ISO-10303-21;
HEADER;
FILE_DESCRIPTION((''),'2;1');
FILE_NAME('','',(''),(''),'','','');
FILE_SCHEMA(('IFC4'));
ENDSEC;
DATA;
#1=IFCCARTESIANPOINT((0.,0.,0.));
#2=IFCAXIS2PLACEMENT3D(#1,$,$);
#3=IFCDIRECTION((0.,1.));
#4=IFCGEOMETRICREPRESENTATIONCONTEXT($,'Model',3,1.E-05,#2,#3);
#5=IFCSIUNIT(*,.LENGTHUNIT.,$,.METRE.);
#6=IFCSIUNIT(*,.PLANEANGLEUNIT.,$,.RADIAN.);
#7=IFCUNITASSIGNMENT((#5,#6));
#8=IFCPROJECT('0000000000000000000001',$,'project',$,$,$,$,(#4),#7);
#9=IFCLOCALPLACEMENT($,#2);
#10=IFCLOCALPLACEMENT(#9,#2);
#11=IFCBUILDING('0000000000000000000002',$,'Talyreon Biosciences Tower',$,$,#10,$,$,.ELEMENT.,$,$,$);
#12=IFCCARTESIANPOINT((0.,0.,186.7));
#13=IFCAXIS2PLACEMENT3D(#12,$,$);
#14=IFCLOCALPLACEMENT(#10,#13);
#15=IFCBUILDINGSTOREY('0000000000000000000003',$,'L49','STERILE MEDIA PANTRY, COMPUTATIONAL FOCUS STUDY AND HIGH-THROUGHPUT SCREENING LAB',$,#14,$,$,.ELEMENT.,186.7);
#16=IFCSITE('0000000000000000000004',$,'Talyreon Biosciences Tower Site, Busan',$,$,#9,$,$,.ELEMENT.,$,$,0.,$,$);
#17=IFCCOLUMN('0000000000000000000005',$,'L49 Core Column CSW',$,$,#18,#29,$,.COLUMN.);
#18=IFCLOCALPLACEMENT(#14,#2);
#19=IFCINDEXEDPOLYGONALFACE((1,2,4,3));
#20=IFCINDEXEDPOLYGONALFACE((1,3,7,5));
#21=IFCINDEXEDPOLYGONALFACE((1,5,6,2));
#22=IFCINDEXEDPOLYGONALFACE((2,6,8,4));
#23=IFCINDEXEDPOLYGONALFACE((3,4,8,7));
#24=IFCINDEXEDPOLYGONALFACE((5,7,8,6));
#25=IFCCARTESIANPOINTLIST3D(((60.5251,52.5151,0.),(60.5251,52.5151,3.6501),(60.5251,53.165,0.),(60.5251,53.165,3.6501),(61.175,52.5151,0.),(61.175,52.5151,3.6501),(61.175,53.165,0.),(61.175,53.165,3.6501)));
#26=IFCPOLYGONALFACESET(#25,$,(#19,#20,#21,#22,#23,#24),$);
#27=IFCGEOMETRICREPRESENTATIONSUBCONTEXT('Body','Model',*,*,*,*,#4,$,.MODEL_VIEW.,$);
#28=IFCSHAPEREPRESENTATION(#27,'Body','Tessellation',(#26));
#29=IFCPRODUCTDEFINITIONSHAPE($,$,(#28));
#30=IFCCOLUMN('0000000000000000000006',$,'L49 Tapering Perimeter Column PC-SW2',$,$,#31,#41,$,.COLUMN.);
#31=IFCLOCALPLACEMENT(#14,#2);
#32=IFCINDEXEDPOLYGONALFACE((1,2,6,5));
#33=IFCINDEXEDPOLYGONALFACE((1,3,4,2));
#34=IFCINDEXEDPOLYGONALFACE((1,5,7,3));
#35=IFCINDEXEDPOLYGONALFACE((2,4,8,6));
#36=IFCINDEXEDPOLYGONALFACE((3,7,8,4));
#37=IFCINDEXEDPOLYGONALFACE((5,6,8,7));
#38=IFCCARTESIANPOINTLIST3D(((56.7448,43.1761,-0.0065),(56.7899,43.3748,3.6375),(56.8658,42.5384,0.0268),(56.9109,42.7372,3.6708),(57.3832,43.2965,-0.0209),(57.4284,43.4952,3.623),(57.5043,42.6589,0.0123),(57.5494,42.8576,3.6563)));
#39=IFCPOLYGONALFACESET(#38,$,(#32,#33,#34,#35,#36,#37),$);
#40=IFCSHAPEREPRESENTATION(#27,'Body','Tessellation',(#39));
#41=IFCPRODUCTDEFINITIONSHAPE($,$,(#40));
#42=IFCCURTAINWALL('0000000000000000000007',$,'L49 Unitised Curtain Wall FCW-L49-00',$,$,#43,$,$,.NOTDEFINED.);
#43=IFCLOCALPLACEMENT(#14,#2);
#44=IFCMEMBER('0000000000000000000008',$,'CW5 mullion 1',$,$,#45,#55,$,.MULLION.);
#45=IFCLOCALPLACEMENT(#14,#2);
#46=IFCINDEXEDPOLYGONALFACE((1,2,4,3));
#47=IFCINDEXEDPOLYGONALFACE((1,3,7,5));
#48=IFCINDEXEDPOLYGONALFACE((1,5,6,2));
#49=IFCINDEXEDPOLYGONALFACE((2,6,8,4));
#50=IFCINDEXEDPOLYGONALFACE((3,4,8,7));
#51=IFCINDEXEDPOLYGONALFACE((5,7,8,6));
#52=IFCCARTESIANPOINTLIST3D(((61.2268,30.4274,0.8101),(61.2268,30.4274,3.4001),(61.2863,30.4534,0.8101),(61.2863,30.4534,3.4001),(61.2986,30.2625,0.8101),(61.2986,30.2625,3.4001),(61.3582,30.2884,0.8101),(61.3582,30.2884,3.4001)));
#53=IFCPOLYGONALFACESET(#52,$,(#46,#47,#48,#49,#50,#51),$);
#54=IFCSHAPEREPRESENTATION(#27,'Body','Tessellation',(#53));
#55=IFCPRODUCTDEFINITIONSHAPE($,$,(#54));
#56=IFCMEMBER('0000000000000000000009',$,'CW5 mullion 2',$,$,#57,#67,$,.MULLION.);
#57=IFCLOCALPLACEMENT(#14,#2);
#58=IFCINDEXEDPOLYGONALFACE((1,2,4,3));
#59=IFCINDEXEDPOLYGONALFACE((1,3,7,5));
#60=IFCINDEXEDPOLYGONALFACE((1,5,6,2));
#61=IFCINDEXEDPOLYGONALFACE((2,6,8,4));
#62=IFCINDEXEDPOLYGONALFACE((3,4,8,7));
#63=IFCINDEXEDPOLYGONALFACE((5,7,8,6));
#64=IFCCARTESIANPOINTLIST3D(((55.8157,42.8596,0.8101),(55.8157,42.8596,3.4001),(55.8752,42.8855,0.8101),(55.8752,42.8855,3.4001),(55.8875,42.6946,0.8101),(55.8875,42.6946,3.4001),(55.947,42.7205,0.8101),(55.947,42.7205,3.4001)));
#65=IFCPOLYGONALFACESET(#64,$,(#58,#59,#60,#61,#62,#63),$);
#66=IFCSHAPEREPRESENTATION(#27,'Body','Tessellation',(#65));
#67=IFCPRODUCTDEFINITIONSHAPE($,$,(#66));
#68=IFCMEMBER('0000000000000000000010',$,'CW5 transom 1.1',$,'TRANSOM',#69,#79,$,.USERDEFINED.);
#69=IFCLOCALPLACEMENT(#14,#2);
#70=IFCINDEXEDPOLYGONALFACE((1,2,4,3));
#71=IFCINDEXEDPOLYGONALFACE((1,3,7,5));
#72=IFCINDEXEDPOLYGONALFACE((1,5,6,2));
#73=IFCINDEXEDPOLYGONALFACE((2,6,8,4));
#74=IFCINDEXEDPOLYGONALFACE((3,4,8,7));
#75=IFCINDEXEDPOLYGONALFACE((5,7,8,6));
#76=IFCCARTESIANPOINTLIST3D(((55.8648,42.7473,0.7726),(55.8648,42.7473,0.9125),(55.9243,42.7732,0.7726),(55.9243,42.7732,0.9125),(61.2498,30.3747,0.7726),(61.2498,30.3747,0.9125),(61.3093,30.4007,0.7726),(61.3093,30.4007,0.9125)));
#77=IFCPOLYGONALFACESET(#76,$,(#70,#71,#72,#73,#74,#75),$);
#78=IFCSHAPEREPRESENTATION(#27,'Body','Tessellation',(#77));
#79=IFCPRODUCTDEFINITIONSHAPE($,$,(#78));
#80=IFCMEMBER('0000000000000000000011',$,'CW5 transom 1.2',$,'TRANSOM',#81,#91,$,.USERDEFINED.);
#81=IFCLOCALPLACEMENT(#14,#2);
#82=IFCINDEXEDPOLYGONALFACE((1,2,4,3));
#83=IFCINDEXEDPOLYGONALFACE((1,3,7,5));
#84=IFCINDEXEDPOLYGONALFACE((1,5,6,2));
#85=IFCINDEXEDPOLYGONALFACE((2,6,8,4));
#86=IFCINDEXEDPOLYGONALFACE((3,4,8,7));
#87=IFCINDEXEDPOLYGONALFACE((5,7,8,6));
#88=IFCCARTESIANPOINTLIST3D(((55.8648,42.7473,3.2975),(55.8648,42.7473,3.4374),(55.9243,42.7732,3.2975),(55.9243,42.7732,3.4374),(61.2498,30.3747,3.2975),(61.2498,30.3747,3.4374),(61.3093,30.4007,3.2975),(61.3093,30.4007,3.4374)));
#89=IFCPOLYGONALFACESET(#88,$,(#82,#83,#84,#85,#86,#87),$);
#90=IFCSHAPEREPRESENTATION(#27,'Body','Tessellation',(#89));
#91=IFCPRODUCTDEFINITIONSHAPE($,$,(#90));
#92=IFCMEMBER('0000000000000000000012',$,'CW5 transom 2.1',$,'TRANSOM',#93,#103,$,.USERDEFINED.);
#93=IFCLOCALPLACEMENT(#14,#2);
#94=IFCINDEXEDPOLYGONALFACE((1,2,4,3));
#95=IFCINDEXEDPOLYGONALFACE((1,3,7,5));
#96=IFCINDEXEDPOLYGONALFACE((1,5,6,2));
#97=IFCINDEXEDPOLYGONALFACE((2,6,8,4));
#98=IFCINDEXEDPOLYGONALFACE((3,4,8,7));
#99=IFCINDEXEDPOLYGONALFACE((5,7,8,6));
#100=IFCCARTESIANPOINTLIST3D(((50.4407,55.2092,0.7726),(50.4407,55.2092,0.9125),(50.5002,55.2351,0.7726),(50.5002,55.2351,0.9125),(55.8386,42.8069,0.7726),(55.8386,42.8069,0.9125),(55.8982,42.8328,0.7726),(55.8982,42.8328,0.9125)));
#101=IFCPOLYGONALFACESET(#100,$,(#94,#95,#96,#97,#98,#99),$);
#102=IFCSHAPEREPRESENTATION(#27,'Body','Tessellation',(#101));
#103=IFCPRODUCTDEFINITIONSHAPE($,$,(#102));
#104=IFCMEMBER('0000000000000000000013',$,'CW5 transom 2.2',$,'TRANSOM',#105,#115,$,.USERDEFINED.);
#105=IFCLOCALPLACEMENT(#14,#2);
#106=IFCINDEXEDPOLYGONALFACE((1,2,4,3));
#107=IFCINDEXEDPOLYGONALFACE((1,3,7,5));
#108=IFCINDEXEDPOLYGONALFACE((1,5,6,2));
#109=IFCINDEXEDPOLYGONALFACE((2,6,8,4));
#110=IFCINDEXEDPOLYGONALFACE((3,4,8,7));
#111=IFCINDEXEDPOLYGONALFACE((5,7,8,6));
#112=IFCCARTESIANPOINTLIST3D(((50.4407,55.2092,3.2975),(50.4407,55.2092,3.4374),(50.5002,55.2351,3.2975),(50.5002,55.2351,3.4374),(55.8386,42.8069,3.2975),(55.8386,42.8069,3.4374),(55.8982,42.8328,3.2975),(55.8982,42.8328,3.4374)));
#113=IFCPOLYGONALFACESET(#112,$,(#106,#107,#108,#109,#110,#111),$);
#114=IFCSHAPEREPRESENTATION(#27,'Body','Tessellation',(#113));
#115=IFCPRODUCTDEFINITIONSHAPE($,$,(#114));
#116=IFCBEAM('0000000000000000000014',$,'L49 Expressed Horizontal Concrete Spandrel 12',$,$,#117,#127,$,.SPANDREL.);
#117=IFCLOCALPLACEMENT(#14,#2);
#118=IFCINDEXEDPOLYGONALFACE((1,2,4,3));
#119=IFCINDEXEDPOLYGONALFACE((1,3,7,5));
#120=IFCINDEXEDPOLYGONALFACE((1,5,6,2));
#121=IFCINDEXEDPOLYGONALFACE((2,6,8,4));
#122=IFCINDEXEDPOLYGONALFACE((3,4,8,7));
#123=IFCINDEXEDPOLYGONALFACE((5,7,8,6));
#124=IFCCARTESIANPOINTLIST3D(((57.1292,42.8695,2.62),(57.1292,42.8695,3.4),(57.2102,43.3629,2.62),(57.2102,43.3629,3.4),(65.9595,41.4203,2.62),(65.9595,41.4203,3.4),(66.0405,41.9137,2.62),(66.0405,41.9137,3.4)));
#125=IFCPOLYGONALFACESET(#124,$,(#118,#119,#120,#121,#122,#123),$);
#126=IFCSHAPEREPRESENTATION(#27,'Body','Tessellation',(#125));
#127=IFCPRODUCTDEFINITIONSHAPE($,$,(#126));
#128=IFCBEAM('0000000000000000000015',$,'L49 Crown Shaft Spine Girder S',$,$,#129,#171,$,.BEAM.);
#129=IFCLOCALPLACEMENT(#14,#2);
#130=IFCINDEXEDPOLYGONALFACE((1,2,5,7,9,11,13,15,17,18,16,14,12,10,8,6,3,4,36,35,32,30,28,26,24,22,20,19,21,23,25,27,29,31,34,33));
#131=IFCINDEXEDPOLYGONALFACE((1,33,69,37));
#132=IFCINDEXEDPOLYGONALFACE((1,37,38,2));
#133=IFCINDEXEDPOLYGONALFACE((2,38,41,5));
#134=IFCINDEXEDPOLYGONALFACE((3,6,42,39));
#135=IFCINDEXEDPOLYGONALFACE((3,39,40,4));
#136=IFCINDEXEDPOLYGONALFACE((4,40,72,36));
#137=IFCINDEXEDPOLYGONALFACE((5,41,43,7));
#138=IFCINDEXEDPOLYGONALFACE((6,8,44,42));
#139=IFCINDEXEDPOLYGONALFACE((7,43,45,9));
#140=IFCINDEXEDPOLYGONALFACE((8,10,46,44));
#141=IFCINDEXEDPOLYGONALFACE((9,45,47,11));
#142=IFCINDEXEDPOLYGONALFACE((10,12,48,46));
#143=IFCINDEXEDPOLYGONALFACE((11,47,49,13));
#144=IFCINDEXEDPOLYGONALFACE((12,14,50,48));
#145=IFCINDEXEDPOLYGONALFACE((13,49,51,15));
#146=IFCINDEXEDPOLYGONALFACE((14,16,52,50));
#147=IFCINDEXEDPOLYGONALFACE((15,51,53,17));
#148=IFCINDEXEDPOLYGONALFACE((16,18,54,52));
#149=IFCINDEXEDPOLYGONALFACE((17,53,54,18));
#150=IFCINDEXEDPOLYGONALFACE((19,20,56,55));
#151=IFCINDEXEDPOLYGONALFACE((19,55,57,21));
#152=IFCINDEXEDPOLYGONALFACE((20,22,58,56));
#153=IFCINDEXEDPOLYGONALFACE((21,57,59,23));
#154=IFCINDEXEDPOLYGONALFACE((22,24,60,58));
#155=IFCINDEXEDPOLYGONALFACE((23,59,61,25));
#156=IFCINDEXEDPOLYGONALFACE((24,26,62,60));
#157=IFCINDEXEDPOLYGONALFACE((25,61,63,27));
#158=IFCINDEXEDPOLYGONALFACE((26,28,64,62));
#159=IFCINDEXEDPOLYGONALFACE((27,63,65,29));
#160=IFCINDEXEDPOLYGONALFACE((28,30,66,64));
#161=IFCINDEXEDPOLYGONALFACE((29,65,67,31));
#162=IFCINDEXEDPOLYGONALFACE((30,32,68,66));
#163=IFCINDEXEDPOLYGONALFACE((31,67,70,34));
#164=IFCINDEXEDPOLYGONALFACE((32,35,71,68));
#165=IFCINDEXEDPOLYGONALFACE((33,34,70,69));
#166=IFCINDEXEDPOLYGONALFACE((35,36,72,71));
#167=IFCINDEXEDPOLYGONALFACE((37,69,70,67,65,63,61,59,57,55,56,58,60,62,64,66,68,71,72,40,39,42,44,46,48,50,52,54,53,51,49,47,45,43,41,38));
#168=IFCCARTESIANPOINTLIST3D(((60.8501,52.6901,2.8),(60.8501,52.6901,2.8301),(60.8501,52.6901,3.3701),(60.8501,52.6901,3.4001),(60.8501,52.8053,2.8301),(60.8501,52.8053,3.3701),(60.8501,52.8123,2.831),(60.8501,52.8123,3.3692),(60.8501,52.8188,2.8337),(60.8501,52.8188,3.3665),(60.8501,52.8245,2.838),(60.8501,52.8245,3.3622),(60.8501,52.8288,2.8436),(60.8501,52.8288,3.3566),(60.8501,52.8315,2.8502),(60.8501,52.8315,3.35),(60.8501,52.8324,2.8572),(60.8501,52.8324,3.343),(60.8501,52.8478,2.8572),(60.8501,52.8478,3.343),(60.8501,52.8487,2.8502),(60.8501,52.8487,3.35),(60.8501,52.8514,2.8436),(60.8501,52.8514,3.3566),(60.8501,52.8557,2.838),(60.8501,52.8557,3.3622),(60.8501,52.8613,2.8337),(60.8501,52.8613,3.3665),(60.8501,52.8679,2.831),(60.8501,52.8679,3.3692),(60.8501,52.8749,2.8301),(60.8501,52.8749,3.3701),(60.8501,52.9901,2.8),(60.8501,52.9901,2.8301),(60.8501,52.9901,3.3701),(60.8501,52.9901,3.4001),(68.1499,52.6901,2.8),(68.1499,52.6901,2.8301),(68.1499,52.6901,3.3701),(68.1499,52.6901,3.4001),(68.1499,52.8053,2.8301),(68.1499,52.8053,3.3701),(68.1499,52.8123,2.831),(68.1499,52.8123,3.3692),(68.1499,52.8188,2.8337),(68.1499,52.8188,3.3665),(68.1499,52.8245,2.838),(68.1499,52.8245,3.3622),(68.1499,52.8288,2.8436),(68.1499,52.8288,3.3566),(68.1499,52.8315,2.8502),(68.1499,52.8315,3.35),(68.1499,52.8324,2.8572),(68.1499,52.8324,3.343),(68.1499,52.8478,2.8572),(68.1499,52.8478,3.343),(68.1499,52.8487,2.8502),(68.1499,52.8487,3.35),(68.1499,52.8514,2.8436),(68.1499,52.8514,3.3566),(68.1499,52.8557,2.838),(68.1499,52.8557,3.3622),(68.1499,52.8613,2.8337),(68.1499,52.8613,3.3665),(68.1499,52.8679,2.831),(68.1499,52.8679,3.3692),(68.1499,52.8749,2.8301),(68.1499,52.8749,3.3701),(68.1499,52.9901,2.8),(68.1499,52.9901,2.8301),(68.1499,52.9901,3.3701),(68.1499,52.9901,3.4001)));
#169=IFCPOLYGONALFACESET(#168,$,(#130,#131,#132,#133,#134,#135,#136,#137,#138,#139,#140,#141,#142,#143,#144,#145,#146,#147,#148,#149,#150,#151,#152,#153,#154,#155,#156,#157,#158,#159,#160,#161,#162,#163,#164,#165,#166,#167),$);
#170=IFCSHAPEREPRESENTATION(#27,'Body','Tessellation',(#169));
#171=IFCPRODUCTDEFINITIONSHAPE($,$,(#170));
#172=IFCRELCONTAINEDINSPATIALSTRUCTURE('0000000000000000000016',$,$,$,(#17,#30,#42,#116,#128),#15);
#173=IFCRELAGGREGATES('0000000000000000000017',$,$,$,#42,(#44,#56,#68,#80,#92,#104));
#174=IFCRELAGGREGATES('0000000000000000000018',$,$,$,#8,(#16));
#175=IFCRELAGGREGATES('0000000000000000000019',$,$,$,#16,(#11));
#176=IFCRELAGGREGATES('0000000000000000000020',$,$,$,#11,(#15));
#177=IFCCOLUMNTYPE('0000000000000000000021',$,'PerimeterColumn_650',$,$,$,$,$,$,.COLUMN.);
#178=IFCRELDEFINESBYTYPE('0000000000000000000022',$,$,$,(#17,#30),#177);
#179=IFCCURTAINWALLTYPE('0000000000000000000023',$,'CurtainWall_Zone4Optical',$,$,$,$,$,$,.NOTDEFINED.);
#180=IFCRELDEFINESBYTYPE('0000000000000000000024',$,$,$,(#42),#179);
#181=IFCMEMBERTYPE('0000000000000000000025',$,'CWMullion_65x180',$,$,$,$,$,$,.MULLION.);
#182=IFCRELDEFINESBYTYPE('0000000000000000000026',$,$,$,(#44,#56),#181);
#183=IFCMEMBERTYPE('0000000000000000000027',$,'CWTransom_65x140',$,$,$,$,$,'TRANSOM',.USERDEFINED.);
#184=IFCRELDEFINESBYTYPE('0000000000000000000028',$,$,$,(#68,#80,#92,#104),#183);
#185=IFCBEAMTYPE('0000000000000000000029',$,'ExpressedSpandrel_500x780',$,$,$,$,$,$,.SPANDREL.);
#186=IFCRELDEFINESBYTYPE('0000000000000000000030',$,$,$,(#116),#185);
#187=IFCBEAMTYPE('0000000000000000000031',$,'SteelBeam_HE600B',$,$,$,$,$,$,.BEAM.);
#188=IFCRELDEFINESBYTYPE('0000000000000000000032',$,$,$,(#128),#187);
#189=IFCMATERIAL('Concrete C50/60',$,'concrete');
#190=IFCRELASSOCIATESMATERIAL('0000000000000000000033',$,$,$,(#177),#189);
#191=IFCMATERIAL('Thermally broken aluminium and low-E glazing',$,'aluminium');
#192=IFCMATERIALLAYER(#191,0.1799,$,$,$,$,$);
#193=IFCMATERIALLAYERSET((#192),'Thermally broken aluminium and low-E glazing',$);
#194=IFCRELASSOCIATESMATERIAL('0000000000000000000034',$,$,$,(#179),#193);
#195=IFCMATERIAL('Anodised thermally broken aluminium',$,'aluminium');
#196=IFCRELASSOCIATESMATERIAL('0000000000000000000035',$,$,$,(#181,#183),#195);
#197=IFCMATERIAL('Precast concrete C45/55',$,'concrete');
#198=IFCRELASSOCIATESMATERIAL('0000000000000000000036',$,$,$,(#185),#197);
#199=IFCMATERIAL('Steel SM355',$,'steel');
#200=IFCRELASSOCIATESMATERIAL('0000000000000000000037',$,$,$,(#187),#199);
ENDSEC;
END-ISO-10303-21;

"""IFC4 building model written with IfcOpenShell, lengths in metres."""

from ifc_helpers import new_model, si_unit, direction, frame, origin, origin_2d, place, context, subcontext, project, spatial, rectangle, i_section, extrude, material, layer, layer_set, material_profile, profile_set, type_object, element, aggregate, save


model = new_model("IFC4")

# Units and contexts
model_context = context("Model", 3, precision=1e-05, world=origin(), true_north=direction((0.0, 1.0)))
body_context = subcontext(model_context, "Body", "Model", "MODEL_VIEW")
ifc_project = project(units=[si_unit("LENGTHUNIT", "METRE"), si_unit("PLANEANGLEUNIT", "RADIAN")], contexts=[model_context])

# Site, building, storey
site_placement = place(None, origin())
site = spatial("IfcSite", under=ifc_project, at=site_placement, Name="Talyreon Biosciences Tower Site, Busan", CompositionType="ELEMENT", RefElevation=0.0)
building_placement = place(site_placement, origin())
building = spatial("IfcBuilding", under=site, at=building_placement, Name="Talyreon Biosciences Tower", CompositionType="ELEMENT")
storey_placement = place(building_placement, frame((0.0, 0.0, 186.7)))
storey = spatial("IfcBuildingStorey", under=building, at=storey_placement, Name="L49", Description="STERILE MEDIA PANTRY, COMPUTATIONAL FOCUS STUDY AND HIGH-THROUGHPUT SCREENING LAB", CompositionType="ELEMENT", Elevation=186.7)

# Columns
ifc_material_1 = material(Name="Concrete C50/60", Category="concrete")
ifc_material_profile_1 = material_profile(ifc_material_1, rectangle(XDim=0.6499, YDim=0.6499, at=origin_2d()), Name="RC 650x650")
ifc_profile_set_1 = profile_set([ifc_material_profile_1], Name="Concrete C50/60")
column_type = type_object("IfcColumnType", Name="PerimeterColumn_650", PredefinedType="COLUMN", material=ifc_profile_set_1)
column_1_placement = place(storey_placement, frame((60.8501, 52.8401, 0.0), z_axis=(0.0, 0.0, 1.0), x_axis=(1.0, 0.0, 0.0)))
element("IfcColumn", 1, at=column_1_placement, inside=storey, type_object=column_type, Name="L49 Core Column CSW", PredefinedType="COLUMN", context=body_context, shape_type="SweptSolid", body=[
    extrude(rectangle(XDim=0.6499, YDim=0.6499, at=origin_2d()), origin(), (0.0, 0.0, 1.0), 3.6501),
])
column_2_placement = place(storey_placement, frame((57.1245, 42.9175, 0.0029), z_axis=(0.012375, 0.054451, 0.99844), x_axis=(-0.186202, 0.981176, -0.051201)))
element("IfcColumn", 2, at=column_2_placement, inside=storey, type_object=column_type, Name="L49 Tapering Perimeter Column PC-SW2", PredefinedType="COLUMN", context=body_context, shape_type="SweptSolid", body=[
    extrude(rectangle(XDim=0.6499, YDim=0.6499, at=origin_2d()), origin(), (0.0, 0.0, 1.0), 3.6497),
])

# Curtain wall, members
ifc_material_2 = material(Name="Thermally broken aluminium and low-E glazing", Category="aluminium")
ifc_layer_1 = layer(ifc_material_2, 0.1799)
ifc_layer_set_1 = layer_set([ifc_layer_1], Name="Thermally broken aluminium and low-E glazing")
curtain_wall_type = type_object("IfcCurtainWallType", Name="CurtainWall_Zone4Optical", PredefinedType="NOTDEFINED", material=ifc_layer_set_1)
curtain_wall_placement = place(storey_placement, origin())
curtain_wall = element("IfcCurtainWall", 3, at=curtain_wall_placement, inside=storey, type_object=curtain_wall_type, Name="L49 Unitised Curtain Wall FCW-L49-00", PredefinedType="NOTDEFINED")
ifc_material_3 = material(Name="Anodised thermally broken aluminium", Category="aluminium")
ifc_material_profile_2 = material_profile(ifc_material_3, rectangle(XDim=0.0649, YDim=0.1799, at=origin_2d()), Name="ALUM MULLION 65x180")
ifc_profile_set_2 = profile_set([ifc_material_profile_2], Name="Anodised thermally broken aluminium")
member_type_1 = type_object("IfcMemberType", Name="CWMullion_65x180", PredefinedType="MULLION", material=ifc_profile_set_2)
member_1_placement = place(storey_placement, frame((61.2925, 30.3579, 0.8101), z_axis=(0.0, 0.0, 1.0), x_axis=(-0.916912, -0.399089, 0.0)))
member_1 = element("IfcMember", 4, at=member_1_placement, type_object=member_type_1, Name="CW5 mullion 1", PredefinedType="MULLION", context=body_context, shape_type="SweptSolid", body=[
    extrude(rectangle(XDim=0.0649, YDim=0.1799, at=origin_2d()), origin(), (0.0, 0.0, 1.0), 2.5901),
])
member_2_placement = place(storey_placement, frame((55.8813, 42.79, 0.8101), z_axis=(0.0, 0.0, 1.0), x_axis=(-0.916912, -0.399089, 0.0)))
member_2 = element("IfcMember", 5, at=member_2_placement, type_object=member_type_1, Name="CW5 mullion 2", PredefinedType="MULLION", context=body_context, shape_type="SweptSolid", body=[
    extrude(rectangle(XDim=0.0649, YDim=0.1799, at=origin_2d()), origin(), (0.0, 0.0, 1.0), 2.5901),
])
ifc_material_profile_3 = material_profile(ifc_material_3, rectangle(XDim=0.0649, YDim=0.1399, at=origin_2d()), Name="ALUM TRANSOM 65x140")
ifc_profile_set_3 = profile_set([ifc_material_profile_3], Name="Anodised thermally broken aluminium")
member_type_2 = type_object("IfcMemberType", Name="CWTransom_65x140", ElementType="TRANSOM", PredefinedType="USERDEFINED", material=ifc_profile_set_3)
member_3_placement = place(storey_placement, frame((61.2795, 30.3877, 0.8425), z_axis=(-0.399077, 0.916917, 0.0), x_axis=(-0.916917, -0.399077, 0.0)))
member_3 = element("IfcMember", 6, at=member_3_placement, type_object=member_type_2, Name="CW5 transom 1.1", ObjectType="TRANSOM", PredefinedType="USERDEFINED", context=body_context, shape_type="SweptSolid", body=[
    extrude(rectangle(XDim=0.0649, YDim=0.1399, at=origin_2d()), origin(), (0.0, 0.0, 1.0), 13.4937),
])
member_4_placement = place(storey_placement, frame((61.2795, 30.3877, 3.3674), z_axis=(-0.399077, 0.916917, 0.0), x_axis=(-0.916917, -0.399077, 0.0)))
member_4 = element("IfcMember", 7, at=member_4_placement, type_object=member_type_2, Name="CW5 transom 1.2", ObjectType="TRANSOM", PredefinedType="USERDEFINED", context=body_context, shape_type="SweptSolid", body=[
    extrude(rectangle(XDim=0.0649, YDim=0.1399, at=origin_2d()), origin(), (0.0, 0.0, 1.0), 13.4937),
])
member_5_placement = place(storey_placement, frame((55.8684, 42.8198, 0.8425), z_axis=(-0.399076, 0.916918, 0.0), x_axis=(-0.916918, -0.399076, 0.0)))
member_5 = element("IfcMember", 8, at=member_5_placement, type_object=member_type_2, Name="CW5 transom 2.1", ObjectType="TRANSOM", PredefinedType="USERDEFINED", context=body_context, shape_type="SweptSolid", body=[
    extrude(rectangle(XDim=0.0649, YDim=0.1399, at=origin_2d()), origin(), (0.0, 0.0, 1.0), 13.5261),
])
member_6_placement = place(storey_placement, frame((55.8684, 42.8198, 3.3674), z_axis=(-0.399076, 0.916918, 0.0), x_axis=(-0.916918, -0.399076, 0.0)))
member_6 = element("IfcMember", 9, at=member_6_placement, type_object=member_type_2, Name="CW5 transom 2.2", ObjectType="TRANSOM", PredefinedType="USERDEFINED", context=body_context, shape_type="SweptSolid", body=[
    extrude(rectangle(XDim=0.0649, YDim=0.1399, at=origin_2d()), origin(), (0.0, 0.0, 1.0), 13.5261),
])

# Beams
ifc_material_4 = material(Name="Precast concrete C45/55", Category="concrete")
ifc_material_profile_4 = material_profile(ifc_material_4, rectangle(XDim=0.5, YDim=0.78, at=origin_2d()), Name="RCB 500x780")
ifc_profile_set_4 = profile_set([ifc_material_profile_4], Name="Precast concrete C45/55")
beam_type_1 = type_object("IfcBeamType", Name="ExpressedSpandrel_500x780", PredefinedType="SPANDREL", material=ifc_profile_set_4)
beam_1_placement = place(storey_placement, frame((57.1697, 43.1162, 3.01), z_axis=(0.986799, -0.161952, 0.0), x_axis=(0.161952, 0.986799, 0.0)))
element("IfcBeam", 10, at=beam_1_placement, inside=storey, type_object=beam_type_1, Name="L49 Expressed Horizontal Concrete Spandrel 12", PredefinedType="SPANDREL", context=body_context, shape_type="SweptSolid", body=[
    extrude(rectangle(XDim=0.5, YDim=0.78, at=origin_2d()), origin(), (0.0, 0.0, 1.0), 8.9485),
])
ifc_material_5 = material(Name="Steel SM355", Category="steel")
ifc_material_profile_5 = material_profile(ifc_material_5, i_section(OverallWidth=0.3, OverallDepth=0.6001, WebThickness=0.0154, FlangeThickness=0.03, FilletRadius=0.0271, at=origin_2d()), Name="HE600B")
ifc_profile_set_5 = profile_set([ifc_material_profile_5], Name="Steel SM355")
beam_type_2 = type_object("IfcBeamType", Name="SteelBeam_HE600B", PredefinedType="BEAM", material=ifc_profile_set_5)
beam_2_placement = place(storey_placement, frame((60.8501, 52.8401, 3.1001), z_axis=(1.0, 0.0, 0.0), x_axis=(0.0, 1.0, 0.0)))
element("IfcBeam", 11, at=beam_2_placement, inside=storey, type_object=beam_type_2, Name="L49 Crown Shaft Spine Girder S", PredefinedType="BEAM", context=body_context, shape_type="SweptSolid", body=[
    extrude(i_section(OverallWidth=0.3, OverallDepth=0.6001, WebThickness=0.0154, FlangeThickness=0.03, FilletRadius=0.0271, at=origin_2d()), origin(), (0.0, 0.0, 1.0), 7.2998),
])

aggregate(curtain_wall, [member_1, member_2, member_3, member_4, member_5, member_6])

save(model, "model.ifc")
